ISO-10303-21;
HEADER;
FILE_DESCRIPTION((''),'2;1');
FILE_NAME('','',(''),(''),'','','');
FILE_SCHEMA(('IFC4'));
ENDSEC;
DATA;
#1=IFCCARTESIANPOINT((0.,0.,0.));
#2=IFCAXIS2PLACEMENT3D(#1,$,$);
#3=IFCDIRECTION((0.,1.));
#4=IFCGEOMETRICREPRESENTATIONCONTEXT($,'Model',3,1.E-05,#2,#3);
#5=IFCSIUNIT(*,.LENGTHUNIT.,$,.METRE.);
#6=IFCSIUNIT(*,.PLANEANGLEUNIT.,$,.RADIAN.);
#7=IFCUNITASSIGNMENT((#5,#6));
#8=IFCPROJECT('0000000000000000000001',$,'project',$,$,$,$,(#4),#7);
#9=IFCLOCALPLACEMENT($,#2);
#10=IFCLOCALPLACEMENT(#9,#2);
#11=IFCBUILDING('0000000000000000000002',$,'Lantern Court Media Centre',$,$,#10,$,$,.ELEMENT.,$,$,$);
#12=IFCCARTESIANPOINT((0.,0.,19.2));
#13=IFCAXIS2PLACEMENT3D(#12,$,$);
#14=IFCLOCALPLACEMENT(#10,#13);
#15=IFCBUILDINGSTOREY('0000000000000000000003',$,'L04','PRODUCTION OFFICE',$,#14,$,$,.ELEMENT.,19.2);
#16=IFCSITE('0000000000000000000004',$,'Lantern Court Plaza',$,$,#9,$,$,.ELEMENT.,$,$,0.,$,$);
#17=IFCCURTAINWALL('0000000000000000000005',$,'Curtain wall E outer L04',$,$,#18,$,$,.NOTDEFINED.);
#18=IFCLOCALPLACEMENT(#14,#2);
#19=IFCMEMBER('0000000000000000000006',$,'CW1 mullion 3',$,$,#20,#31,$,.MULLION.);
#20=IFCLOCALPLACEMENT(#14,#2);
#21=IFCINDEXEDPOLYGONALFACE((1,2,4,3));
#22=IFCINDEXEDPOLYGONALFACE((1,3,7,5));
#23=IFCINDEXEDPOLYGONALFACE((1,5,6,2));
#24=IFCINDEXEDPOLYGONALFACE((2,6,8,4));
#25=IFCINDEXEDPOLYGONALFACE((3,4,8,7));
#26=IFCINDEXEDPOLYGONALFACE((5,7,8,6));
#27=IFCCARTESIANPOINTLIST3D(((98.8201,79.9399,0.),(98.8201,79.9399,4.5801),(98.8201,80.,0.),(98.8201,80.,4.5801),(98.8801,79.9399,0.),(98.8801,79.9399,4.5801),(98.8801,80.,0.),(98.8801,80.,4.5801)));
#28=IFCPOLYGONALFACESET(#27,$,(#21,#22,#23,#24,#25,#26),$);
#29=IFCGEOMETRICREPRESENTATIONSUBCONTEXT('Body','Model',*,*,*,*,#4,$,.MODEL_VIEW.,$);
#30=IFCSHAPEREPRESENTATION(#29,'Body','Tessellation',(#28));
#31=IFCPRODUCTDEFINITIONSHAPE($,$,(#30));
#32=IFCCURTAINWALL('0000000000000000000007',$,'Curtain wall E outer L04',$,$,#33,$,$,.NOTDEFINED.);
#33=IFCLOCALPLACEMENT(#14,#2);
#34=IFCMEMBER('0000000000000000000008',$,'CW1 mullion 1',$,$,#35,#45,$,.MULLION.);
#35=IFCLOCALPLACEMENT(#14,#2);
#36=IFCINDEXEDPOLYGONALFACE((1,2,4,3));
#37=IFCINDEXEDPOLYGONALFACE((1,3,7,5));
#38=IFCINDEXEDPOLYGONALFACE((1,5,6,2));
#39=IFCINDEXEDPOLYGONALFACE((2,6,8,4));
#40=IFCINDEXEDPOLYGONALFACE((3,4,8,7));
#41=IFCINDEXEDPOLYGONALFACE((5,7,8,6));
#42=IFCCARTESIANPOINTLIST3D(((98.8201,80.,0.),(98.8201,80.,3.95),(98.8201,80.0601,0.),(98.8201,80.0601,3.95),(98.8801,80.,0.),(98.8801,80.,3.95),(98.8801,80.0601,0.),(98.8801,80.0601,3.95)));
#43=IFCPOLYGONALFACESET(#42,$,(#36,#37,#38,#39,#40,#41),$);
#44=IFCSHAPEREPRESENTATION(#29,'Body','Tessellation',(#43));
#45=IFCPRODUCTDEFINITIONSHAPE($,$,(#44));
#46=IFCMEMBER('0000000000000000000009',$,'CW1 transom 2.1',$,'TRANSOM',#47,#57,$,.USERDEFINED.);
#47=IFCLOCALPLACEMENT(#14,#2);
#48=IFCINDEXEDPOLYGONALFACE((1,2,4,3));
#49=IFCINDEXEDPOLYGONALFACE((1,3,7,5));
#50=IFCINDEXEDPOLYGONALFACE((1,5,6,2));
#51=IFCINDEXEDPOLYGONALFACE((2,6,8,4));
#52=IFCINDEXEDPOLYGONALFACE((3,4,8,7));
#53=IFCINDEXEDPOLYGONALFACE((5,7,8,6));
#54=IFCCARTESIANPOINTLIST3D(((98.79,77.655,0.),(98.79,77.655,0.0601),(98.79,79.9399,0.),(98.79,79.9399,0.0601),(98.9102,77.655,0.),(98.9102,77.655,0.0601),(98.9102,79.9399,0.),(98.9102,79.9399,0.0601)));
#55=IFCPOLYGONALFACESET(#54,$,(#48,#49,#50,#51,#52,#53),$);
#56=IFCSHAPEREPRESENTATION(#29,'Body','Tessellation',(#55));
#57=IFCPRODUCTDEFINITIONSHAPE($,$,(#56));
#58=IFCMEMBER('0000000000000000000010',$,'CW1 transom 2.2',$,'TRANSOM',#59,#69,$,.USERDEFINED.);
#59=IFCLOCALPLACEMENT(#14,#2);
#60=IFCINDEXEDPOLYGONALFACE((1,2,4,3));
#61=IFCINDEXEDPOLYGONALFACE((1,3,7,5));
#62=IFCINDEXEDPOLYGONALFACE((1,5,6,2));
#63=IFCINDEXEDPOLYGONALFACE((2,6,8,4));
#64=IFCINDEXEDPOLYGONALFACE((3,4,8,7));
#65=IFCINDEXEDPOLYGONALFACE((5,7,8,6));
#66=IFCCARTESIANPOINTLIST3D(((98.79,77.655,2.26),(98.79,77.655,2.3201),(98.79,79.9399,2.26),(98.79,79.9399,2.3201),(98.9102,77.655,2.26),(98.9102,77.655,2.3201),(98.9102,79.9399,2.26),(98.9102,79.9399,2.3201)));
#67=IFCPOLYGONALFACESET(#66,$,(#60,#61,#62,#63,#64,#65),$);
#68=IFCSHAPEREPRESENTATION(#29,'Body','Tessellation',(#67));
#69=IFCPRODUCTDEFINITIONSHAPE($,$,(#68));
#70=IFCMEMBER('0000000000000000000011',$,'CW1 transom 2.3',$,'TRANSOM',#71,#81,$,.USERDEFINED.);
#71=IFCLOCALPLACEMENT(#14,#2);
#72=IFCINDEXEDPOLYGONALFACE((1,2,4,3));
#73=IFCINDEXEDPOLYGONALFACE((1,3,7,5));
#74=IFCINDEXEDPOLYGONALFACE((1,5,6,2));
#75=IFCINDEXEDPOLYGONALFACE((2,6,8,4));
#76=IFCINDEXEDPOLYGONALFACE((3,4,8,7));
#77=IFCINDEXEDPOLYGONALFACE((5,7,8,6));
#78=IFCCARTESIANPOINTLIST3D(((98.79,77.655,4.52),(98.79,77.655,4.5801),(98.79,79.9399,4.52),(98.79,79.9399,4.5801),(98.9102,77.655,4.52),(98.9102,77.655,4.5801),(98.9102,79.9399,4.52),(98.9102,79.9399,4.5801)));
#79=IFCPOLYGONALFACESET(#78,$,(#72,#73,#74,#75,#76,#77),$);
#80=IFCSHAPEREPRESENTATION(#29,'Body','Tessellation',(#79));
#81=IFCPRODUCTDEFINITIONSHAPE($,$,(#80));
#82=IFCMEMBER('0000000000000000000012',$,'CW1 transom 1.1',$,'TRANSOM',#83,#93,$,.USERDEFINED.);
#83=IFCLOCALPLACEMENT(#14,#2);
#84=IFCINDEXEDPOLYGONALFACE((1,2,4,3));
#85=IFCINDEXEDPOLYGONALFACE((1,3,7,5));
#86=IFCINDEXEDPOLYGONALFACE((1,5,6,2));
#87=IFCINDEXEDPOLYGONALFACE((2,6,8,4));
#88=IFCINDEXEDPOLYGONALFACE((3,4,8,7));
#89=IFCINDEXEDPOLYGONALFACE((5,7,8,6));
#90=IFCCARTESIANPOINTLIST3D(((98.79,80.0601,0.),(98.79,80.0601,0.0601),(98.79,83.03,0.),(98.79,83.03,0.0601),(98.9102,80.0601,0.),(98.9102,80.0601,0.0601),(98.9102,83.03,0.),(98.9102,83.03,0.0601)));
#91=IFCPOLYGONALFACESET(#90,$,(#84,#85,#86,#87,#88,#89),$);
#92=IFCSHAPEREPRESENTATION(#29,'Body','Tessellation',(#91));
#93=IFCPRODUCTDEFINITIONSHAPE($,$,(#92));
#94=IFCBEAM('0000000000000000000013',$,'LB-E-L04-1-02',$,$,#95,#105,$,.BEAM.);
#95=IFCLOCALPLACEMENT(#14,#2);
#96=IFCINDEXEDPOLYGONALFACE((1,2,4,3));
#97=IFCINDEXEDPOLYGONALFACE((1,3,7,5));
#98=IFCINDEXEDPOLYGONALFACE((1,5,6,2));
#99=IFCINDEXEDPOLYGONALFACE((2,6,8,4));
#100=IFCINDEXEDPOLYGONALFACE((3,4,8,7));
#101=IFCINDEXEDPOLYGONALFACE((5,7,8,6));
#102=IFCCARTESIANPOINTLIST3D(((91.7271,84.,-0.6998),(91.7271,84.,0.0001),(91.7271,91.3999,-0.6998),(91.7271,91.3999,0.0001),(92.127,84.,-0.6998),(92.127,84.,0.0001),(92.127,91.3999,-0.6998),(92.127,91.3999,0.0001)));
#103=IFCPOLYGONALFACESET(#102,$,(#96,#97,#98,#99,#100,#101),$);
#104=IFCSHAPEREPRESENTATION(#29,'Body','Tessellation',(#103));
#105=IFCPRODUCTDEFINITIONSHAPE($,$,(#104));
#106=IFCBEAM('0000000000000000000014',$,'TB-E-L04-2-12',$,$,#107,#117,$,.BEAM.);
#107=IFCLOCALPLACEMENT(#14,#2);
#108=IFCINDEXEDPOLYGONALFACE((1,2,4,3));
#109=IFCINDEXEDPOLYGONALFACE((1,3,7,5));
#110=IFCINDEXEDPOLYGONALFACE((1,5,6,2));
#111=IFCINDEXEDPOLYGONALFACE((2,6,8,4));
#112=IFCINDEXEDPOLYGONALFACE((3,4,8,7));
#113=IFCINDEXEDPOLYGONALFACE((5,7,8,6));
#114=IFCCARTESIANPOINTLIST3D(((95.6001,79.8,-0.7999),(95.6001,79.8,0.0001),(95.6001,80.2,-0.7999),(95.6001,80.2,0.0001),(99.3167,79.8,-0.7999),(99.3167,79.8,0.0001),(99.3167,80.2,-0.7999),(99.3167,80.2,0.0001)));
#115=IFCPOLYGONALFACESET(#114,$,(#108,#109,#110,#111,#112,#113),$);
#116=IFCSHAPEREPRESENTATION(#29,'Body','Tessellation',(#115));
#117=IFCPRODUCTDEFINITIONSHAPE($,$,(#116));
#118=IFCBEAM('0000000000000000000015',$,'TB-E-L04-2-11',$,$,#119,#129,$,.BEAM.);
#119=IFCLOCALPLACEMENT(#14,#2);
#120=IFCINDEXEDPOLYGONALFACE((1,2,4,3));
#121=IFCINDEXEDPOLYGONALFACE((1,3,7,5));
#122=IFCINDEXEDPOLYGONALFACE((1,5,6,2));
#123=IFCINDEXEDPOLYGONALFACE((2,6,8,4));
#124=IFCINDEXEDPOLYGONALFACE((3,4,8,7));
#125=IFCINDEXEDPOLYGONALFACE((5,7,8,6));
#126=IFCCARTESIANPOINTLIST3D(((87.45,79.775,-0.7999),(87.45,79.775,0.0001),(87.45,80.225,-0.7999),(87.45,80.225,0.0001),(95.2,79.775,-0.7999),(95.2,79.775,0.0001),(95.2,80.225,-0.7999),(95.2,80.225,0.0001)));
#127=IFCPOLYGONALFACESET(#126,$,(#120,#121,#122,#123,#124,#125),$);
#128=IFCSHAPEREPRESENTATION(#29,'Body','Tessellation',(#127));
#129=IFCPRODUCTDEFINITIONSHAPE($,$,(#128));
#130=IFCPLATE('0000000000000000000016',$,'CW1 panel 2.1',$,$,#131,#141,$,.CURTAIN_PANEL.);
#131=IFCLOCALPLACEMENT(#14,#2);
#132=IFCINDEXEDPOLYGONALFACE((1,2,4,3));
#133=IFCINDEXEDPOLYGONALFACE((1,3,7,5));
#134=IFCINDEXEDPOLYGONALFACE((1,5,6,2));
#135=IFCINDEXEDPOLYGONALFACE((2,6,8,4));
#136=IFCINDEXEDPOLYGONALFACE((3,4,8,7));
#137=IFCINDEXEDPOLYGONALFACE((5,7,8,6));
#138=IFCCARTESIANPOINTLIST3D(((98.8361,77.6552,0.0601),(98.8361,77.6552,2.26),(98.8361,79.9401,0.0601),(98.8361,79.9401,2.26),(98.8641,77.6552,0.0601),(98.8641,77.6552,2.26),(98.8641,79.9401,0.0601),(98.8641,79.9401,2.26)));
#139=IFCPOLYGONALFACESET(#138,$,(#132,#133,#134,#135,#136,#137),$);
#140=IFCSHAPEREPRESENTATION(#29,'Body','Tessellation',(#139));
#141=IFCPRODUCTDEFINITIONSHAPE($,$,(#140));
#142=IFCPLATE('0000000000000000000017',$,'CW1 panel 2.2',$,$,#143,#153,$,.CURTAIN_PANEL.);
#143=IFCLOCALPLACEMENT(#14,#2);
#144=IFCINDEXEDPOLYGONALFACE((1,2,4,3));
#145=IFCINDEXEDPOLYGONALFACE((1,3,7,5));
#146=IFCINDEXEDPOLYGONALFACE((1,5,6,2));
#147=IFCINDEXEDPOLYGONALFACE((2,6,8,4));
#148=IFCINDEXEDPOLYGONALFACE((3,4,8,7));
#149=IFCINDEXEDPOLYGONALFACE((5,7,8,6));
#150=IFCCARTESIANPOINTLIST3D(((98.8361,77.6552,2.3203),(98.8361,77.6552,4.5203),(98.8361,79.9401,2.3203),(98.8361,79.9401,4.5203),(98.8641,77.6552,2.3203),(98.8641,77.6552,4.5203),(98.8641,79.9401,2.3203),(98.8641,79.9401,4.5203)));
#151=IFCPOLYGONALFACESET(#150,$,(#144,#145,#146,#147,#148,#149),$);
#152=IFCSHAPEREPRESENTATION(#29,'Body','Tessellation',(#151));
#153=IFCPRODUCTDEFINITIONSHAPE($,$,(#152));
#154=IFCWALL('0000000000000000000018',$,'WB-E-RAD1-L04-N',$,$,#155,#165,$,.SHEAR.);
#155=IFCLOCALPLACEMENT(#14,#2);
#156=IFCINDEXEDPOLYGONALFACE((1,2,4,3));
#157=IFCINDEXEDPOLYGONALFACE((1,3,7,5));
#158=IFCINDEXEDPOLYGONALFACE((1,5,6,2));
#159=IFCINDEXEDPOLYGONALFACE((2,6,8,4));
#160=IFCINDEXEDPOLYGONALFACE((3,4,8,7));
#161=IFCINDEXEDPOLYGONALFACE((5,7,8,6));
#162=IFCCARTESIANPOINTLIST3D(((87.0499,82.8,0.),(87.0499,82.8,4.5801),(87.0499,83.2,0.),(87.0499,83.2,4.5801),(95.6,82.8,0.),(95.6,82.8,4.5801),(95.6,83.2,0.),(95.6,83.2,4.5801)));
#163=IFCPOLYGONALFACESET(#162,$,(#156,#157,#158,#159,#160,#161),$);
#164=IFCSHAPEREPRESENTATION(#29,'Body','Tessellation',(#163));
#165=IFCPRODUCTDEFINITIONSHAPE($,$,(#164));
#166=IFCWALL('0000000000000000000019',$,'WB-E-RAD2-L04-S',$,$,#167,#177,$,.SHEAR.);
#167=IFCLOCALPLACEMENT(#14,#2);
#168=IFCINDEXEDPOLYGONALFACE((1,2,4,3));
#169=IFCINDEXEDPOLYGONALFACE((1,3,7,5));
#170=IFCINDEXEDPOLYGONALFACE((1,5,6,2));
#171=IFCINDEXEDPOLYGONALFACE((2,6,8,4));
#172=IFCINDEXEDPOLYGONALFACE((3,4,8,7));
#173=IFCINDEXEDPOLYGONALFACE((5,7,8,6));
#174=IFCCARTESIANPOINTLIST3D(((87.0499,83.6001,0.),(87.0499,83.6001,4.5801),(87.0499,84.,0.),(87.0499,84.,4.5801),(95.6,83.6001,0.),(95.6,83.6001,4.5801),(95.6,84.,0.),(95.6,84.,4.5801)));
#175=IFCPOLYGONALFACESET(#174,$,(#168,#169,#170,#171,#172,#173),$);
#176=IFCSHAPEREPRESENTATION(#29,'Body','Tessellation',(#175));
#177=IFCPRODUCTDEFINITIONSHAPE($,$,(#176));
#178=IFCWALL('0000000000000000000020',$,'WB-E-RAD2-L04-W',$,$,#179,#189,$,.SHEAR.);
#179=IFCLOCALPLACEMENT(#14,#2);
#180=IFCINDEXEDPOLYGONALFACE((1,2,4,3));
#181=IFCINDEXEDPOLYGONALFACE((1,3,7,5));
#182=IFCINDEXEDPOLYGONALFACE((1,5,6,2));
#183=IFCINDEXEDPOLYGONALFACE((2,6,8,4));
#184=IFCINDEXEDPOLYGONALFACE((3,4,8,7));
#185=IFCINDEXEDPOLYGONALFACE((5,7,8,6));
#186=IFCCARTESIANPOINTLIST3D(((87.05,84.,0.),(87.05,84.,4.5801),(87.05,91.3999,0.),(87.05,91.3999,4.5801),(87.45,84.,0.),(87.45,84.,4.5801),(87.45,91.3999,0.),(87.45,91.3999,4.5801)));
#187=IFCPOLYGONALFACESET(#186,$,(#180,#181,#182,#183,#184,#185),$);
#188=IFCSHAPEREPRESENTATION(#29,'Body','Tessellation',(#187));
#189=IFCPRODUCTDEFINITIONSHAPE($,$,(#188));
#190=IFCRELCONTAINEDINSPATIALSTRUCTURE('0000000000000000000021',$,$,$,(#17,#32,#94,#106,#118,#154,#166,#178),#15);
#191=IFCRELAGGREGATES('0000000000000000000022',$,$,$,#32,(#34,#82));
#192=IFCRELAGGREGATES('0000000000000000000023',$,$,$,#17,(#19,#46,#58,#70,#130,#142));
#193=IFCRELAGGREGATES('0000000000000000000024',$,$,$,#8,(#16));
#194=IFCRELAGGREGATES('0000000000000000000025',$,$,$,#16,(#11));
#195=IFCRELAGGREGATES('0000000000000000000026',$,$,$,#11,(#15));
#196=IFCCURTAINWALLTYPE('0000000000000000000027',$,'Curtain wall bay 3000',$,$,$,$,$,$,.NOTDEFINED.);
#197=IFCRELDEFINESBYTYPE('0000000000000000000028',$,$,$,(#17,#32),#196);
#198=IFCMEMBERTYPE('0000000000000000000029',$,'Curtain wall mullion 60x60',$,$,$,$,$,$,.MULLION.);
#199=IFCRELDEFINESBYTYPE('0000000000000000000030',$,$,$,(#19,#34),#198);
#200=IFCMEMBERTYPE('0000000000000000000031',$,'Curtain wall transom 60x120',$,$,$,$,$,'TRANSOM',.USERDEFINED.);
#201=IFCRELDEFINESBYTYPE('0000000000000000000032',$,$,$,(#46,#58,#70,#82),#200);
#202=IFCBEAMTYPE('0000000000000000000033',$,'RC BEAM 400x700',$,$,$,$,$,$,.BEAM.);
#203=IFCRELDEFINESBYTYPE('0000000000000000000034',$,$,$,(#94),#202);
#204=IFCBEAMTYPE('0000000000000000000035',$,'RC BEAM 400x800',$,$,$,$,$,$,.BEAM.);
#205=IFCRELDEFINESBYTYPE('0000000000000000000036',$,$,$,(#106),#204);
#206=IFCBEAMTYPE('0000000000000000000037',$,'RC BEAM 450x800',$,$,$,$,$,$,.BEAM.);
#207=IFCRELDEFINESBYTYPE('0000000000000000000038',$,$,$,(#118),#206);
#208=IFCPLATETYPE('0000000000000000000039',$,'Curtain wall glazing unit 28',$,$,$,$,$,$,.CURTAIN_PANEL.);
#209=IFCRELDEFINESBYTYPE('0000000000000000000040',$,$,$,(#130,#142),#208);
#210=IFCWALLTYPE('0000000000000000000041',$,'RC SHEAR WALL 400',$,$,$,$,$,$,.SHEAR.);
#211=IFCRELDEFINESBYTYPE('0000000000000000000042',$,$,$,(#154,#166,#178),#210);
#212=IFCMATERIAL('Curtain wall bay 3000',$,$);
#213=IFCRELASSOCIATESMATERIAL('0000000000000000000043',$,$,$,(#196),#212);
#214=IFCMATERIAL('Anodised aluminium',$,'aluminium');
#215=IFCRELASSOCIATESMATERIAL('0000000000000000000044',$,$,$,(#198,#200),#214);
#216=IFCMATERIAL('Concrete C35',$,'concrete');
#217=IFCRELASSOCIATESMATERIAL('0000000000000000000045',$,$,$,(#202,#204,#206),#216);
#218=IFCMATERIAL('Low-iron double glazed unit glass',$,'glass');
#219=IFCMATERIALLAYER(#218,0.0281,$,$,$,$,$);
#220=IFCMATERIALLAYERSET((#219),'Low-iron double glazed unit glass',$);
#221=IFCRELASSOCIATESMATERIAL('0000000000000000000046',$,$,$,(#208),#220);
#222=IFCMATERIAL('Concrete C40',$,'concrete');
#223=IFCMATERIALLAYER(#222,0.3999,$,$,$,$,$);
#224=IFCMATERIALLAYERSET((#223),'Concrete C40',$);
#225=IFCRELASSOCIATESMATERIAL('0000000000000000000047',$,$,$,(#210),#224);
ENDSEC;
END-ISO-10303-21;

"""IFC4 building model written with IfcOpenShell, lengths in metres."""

from ifc_helpers import new_model, si_unit, direction, frame, frame_2d, origin, origin_2d, place, context, subcontext, project, spatial, rectangle, extrude, material, layer, layer_set, material_profile, profile_set, type_object, element, aggregate, save


model = new_model("IFC4")

# Units and contexts
model_context = context("Model", 3, precision=1e-05, world=origin(), true_north=direction((0.0, 1.0)))
body_context = subcontext(model_context, "Body", "Model", "MODEL_VIEW")
ifc_project = project(units=[si_unit("LENGTHUNIT", "METRE"), si_unit("PLANEANGLEUNIT", "RADIAN")], contexts=[model_context])

# Site, building, storey
site_placement = place(None, origin())
site = spatial("IfcSite", under=ifc_project, at=site_placement, Name="Lantern Court Plaza", CompositionType="ELEMENT", RefElevation=0.0)
building_placement = place(site_placement, origin())
building = spatial("IfcBuilding", under=site, at=building_placement, Name="Lantern Court Media Centre", CompositionType="ELEMENT")
storey_placement = place(building_placement, frame((0.0, 0.0, 19.2)))
storey = spatial("IfcBuildingStorey", under=building, at=storey_placement, Name="L04", Description="PRODUCTION OFFICE", CompositionType="ELEMENT", Elevation=19.2)

# Curtain walls, members
ifc_material_1 = material(Name="Curtain wall bay 3000")
curtain_wall_type = type_object("IfcCurtainWallType", Name="Curtain wall bay 3000", PredefinedType="NOTDEFINED", material=ifc_material_1)
curtain_wall_1_placement = place(storey_placement, origin())
curtain_wall_1 = element("IfcCurtainWall", 1, at=curtain_wall_1_placement, inside=storey, type_object=curtain_wall_type, Name="Curtain wall E outer L04", PredefinedType="NOTDEFINED")
ifc_material_2 = material(Name="Anodised aluminium", Category="aluminium")
ifc_material_profile_1 = material_profile(ifc_material_2, rectangle(XDim=0.0601, YDim=0.0601, at=origin_2d()), Name="AL 60x60")
ifc_profile_set_1 = profile_set([ifc_material_profile_1], Name="Anodised aluminium")
member_type_1 = type_object("IfcMemberType", Name="Curtain wall mullion 60x60", PredefinedType="MULLION", material=ifc_profile_set_1)
member_1_placement = place(storey_placement, frame((98.8501, 79.97, 0.0), z_axis=(0.0, 0.0, 1.0), x_axis=(-1.0, 0.0, 0.0)))
member_1 = element("IfcMember", 2, at=member_1_placement, type_object=member_type_1, Name="CW1 mullion 3", PredefinedType="MULLION", context=body_context, shape_type="SweptSolid", body=[
    extrude(rectangle(XDim=0.0601, YDim=0.0601, at=origin_2d()), origin(), (0.0, 0.0, 1.0), 4.5801),
])
curtain_wall_2_placement = place(storey_placement, origin())
curtain_wall_2 = element("IfcCurtainWall", 3, at=curtain_wall_2_placement, inside=storey, type_object=curtain_wall_type, Name="Curtain wall E outer L04", PredefinedType="NOTDEFINED")
member_2_placement = place(storey_placement, frame((98.8501, 80.03, 0.0), z_axis=(0.0, 0.0, 1.0), x_axis=(-1.0, 0.0, 0.0)))
member_2 = element("IfcMember", 4, at=member_2_placement, type_object=member_type_1, Name="CW1 mullion 1", PredefinedType="MULLION", context=body_context, shape_type="SweptSolid", body=[
    extrude(rectangle(XDim=0.0601, YDim=0.0601, at=origin_2d()), origin(), (0.0, 0.0, 1.0), 3.95),
])

# Members
ifc_material_profile_2 = material_profile(ifc_material_2, rectangle(XDim=0.1201, YDim=0.0601, at=origin_2d()), Name="AL 60x120")
ifc_profile_set_2 = profile_set([ifc_material_profile_2], Name="Anodised aluminium")
member_type_2 = type_object("IfcMemberType", Name="Curtain wall transom 60x120", ElementType="TRANSOM", PredefinedType="USERDEFINED", material=ifc_profile_set_2)
member_3_placement = place(storey_placement, frame((98.8501, 77.655, 0.03), z_axis=(0.0, 1.0, 0.0), x_axis=(-1.0, 0.0, 0.0)))
member_3 = element("IfcMember", 5, at=member_3_placement, type_object=member_type_2, Name="CW1 transom 2.1", ObjectType="TRANSOM", PredefinedType="USERDEFINED", context=body_context, shape_type="SweptSolid", body=[
    extrude(rectangle(XDim=0.1201, YDim=0.0601, at=origin_2d()), origin(), (0.0, 0.0, 1.0), 2.2849),
])
member_4_placement = place(storey_placement, frame((98.8501, 77.655, 2.29), z_axis=(0.0, 1.0, 0.0), x_axis=(-1.0, 0.0, 0.0)))
member_4 = element("IfcMember", 6, at=member_4_placement, type_object=member_type_2, Name="CW1 transom 2.2", ObjectType="TRANSOM", PredefinedType="USERDEFINED", context=body_context, shape_type="SweptSolid", body=[
    extrude(rectangle(XDim=0.1201, YDim=0.0601, at=origin_2d()), origin(), (0.0, 0.0, 1.0), 2.2849),
])
member_5_placement = place(storey_placement, frame((98.8501, 77.655, 4.55), z_axis=(0.0, 1.0, 0.0), x_axis=(-1.0, 0.0, 0.0)))
member_5 = element("IfcMember", 7, at=member_5_placement, type_object=member_type_2, Name="CW1 transom 2.3", ObjectType="TRANSOM", PredefinedType="USERDEFINED", context=body_context, shape_type="SweptSolid", body=[
    extrude(rectangle(XDim=0.1201, YDim=0.0601, at=origin_2d()), origin(), (0.0, 0.0, 1.0), 2.2849),
])
member_6_placement = place(storey_placement, frame((98.8501, 80.0601, 0.03), z_axis=(0.0, 1.0, 0.0), x_axis=(-1.0, 0.0, 0.0)))
member_6 = element("IfcMember", 8, at=member_6_placement, type_object=member_type_2, Name="CW1 transom 1.1", ObjectType="TRANSOM", PredefinedType="USERDEFINED", context=body_context, shape_type="SweptSolid", body=[
    extrude(rectangle(XDim=0.1201, YDim=0.0601, at=origin_2d()), origin(), (0.0, 0.0, 1.0), 2.97),
])
aggregate(curtain_wall_2, [member_2, member_6])

# Beams
ifc_material_3 = material(Name="Concrete C35", Category="concrete")
ifc_material_profile_3 = material_profile(ifc_material_3, rectangle(XDim=0.3999, YDim=0.7, at=origin_2d()), Name="RC 400x700")
ifc_profile_set_3 = profile_set([ifc_material_profile_3], Name="Concrete C35")
beam_type_1 = type_object("IfcBeamType", Name="RC BEAM 400x700", PredefinedType="BEAM", material=ifc_profile_set_3)
beam_1_placement = place(storey_placement, frame((91.927, 84.0, -0.3499), z_axis=(0.0, 1.0, 0.0), x_axis=(-1.0, 0.0, 0.0)))
element("IfcBeam", 9, at=beam_1_placement, inside=storey, type_object=beam_type_1, Name="LB-E-L04-1-02", PredefinedType="BEAM", context=body_context, shape_type="SweptSolid", body=[
    extrude(rectangle(XDim=0.3999, YDim=0.7, at=origin_2d()), origin(), (0.0, 0.0, 1.0), 7.3999),
])
ifc_material_profile_4 = material_profile(ifc_material_3, rectangle(XDim=0.3999, YDim=0.8, at=origin_2d()), Name="RC 400x800")
ifc_profile_set_4 = profile_set([ifc_material_profile_4], Name="Concrete C35")
beam_type_2 = type_object("IfcBeamType", Name="RC BEAM 400x800", PredefinedType="BEAM", material=ifc_profile_set_4)
beam_2_placement = place(storey_placement, frame((95.6001, 80.0, -0.3999), z_axis=(1.0, 0.0, 0.0), x_axis=(0.0, 1.0, 0.0)))
element("IfcBeam", 10, at=beam_2_placement, inside=storey, type_object=beam_type_2, Name="TB-E-L04-2-12", PredefinedType="BEAM", context=body_context, shape_type="SweptSolid", body=[
    extrude(rectangle(XDim=0.3999, YDim=0.8, at=origin_2d()), origin(), (0.0, 0.0, 1.0), 3.7166),
])
ifc_material_profile_5 = material_profile(ifc_material_3, rectangle(XDim=0.45, YDim=0.8, at=origin_2d()), Name="RC 450x800")
ifc_profile_set_5 = profile_set([ifc_material_profile_5], Name="Concrete C35")
beam_type_3 = type_object("IfcBeamType", Name="RC BEAM 450x800", PredefinedType="BEAM", material=ifc_profile_set_5)
beam_3_placement = place(storey_placement, frame((87.45, 80.0, -0.3999), z_axis=(1.0, 0.0, 0.0), x_axis=(0.0, 1.0, 0.0)))
element("IfcBeam", 11, at=beam_3_placement, inside=storey, type_object=beam_type_3, Name="TB-E-L04-2-11", PredefinedType="BEAM", context=body_context, shape_type="SweptSolid", body=[
    extrude(rectangle(XDim=0.45, YDim=0.8, at=origin_2d()), origin(), (0.0, 0.0, 1.0), 7.75),
])

# Plates
ifc_material_4 = material(Name="Low-iron double glazed unit glass", Category="glass")
ifc_layer_1 = layer(ifc_material_4, 0.0281)
ifc_layer_set_1 = layer_set([ifc_layer_1], Name="Low-iron double glazed unit glass")
plate_type = type_object("IfcPlateType", Name="Curtain wall glazing unit 28", PredefinedType="CURTAIN_PANEL", material=ifc_layer_set_1)
plate_1_placement = place(storey_placement, frame((98.8501, 78.7976, 0.0601), z_axis=(0.0, 0.0, 1.0), x_axis=(0.0, 1.0, 0.0)))
plate_1 = element("IfcPlate", 12, at=plate_1_placement, type_object=plate_type, Name="CW1 panel 2.1", PredefinedType="CURTAIN_PANEL", context=body_context, shape_type="SweptSolid", body=[
    extrude(rectangle(XDim=2.2849, YDim=0.0281, at=origin_2d()), origin(), (0.0, 0.0, 1.0), 2.2),
])
plate_2_placement = place(storey_placement, frame((98.8501, 78.7976, 2.3203), z_axis=(0.0, 0.0, 1.0), x_axis=(0.0, 1.0, 0.0)))
plate_2 = element("IfcPlate", 13, at=plate_2_placement, type_object=plate_type, Name="CW1 panel 2.2", PredefinedType="CURTAIN_PANEL", context=body_context, shape_type="SweptSolid", body=[
    extrude(rectangle(XDim=2.2849, YDim=0.0281, at=origin_2d()), origin(), (0.0, 0.0, 1.0), 2.2),
])
aggregate(curtain_wall_1, [member_1, member_3, member_4, member_5, plate_1, plate_2])

# Walls
ifc_material_5 = material(Name="Concrete C40", Category="concrete")
ifc_layer_2 = layer(ifc_material_5, 0.3999)
ifc_layer_set_2 = layer_set([ifc_layer_2], Name="Concrete C40")
wall_type_1 = type_object("IfcWallType", Name="RC SHEAR WALL 400", PredefinedType="SHEAR", material=ifc_layer_set_2)
for number, where, z_axis, x_axis, name in (
    (14, (87.05, 83.0, 0.0), (0.0, 0.0, 1.0), (1.0, 0.0, 0.0), "WB-E-RAD1-L04-N"),
    (15, (87.05, 83.8, 0.0), (0.0, 0.0, 1.0), (1.0, 0.0, 0.0), "WB-E-RAD2-L04-S"),
):
    element("IfcWall", number, at=place(storey_placement, frame(where, z_axis=z_axis, x_axis=x_axis)), inside=storey, type_object=wall_type_1, Name=name, PredefinedType="SHEAR", context=body_context, shape_type="SweptSolid", body=[
        extrude(rectangle(XDim=8.55, YDim=0.3999, at=frame_2d((4.2749, 0.0))), origin(), (0.0, 0.0, 1.0), 4.5801),
    ])
for number, where, z_axis, x_axis, name in (
    (16, (87.25, 84.0, 0.0), (0.0, 0.0, 1.0), (0.0, 1.0, 0.0), "WB-E-RAD2-L04-W"),
):
    element("IfcWall", number, at=place(storey_placement, frame(where, z_axis=z_axis, x_axis=x_axis)), inside=storey, type_object=wall_type_1, Name=name, PredefinedType="SHEAR", context=body_context, shape_type="SweptSolid", body=[
        extrude(rectangle(XDim=7.3999, YDim=0.3999, at=frame_2d((3.7, 0.0))), origin(), (0.0, 0.0, 1.0), 4.5801),
    ])

save(model, "model.ifc")
